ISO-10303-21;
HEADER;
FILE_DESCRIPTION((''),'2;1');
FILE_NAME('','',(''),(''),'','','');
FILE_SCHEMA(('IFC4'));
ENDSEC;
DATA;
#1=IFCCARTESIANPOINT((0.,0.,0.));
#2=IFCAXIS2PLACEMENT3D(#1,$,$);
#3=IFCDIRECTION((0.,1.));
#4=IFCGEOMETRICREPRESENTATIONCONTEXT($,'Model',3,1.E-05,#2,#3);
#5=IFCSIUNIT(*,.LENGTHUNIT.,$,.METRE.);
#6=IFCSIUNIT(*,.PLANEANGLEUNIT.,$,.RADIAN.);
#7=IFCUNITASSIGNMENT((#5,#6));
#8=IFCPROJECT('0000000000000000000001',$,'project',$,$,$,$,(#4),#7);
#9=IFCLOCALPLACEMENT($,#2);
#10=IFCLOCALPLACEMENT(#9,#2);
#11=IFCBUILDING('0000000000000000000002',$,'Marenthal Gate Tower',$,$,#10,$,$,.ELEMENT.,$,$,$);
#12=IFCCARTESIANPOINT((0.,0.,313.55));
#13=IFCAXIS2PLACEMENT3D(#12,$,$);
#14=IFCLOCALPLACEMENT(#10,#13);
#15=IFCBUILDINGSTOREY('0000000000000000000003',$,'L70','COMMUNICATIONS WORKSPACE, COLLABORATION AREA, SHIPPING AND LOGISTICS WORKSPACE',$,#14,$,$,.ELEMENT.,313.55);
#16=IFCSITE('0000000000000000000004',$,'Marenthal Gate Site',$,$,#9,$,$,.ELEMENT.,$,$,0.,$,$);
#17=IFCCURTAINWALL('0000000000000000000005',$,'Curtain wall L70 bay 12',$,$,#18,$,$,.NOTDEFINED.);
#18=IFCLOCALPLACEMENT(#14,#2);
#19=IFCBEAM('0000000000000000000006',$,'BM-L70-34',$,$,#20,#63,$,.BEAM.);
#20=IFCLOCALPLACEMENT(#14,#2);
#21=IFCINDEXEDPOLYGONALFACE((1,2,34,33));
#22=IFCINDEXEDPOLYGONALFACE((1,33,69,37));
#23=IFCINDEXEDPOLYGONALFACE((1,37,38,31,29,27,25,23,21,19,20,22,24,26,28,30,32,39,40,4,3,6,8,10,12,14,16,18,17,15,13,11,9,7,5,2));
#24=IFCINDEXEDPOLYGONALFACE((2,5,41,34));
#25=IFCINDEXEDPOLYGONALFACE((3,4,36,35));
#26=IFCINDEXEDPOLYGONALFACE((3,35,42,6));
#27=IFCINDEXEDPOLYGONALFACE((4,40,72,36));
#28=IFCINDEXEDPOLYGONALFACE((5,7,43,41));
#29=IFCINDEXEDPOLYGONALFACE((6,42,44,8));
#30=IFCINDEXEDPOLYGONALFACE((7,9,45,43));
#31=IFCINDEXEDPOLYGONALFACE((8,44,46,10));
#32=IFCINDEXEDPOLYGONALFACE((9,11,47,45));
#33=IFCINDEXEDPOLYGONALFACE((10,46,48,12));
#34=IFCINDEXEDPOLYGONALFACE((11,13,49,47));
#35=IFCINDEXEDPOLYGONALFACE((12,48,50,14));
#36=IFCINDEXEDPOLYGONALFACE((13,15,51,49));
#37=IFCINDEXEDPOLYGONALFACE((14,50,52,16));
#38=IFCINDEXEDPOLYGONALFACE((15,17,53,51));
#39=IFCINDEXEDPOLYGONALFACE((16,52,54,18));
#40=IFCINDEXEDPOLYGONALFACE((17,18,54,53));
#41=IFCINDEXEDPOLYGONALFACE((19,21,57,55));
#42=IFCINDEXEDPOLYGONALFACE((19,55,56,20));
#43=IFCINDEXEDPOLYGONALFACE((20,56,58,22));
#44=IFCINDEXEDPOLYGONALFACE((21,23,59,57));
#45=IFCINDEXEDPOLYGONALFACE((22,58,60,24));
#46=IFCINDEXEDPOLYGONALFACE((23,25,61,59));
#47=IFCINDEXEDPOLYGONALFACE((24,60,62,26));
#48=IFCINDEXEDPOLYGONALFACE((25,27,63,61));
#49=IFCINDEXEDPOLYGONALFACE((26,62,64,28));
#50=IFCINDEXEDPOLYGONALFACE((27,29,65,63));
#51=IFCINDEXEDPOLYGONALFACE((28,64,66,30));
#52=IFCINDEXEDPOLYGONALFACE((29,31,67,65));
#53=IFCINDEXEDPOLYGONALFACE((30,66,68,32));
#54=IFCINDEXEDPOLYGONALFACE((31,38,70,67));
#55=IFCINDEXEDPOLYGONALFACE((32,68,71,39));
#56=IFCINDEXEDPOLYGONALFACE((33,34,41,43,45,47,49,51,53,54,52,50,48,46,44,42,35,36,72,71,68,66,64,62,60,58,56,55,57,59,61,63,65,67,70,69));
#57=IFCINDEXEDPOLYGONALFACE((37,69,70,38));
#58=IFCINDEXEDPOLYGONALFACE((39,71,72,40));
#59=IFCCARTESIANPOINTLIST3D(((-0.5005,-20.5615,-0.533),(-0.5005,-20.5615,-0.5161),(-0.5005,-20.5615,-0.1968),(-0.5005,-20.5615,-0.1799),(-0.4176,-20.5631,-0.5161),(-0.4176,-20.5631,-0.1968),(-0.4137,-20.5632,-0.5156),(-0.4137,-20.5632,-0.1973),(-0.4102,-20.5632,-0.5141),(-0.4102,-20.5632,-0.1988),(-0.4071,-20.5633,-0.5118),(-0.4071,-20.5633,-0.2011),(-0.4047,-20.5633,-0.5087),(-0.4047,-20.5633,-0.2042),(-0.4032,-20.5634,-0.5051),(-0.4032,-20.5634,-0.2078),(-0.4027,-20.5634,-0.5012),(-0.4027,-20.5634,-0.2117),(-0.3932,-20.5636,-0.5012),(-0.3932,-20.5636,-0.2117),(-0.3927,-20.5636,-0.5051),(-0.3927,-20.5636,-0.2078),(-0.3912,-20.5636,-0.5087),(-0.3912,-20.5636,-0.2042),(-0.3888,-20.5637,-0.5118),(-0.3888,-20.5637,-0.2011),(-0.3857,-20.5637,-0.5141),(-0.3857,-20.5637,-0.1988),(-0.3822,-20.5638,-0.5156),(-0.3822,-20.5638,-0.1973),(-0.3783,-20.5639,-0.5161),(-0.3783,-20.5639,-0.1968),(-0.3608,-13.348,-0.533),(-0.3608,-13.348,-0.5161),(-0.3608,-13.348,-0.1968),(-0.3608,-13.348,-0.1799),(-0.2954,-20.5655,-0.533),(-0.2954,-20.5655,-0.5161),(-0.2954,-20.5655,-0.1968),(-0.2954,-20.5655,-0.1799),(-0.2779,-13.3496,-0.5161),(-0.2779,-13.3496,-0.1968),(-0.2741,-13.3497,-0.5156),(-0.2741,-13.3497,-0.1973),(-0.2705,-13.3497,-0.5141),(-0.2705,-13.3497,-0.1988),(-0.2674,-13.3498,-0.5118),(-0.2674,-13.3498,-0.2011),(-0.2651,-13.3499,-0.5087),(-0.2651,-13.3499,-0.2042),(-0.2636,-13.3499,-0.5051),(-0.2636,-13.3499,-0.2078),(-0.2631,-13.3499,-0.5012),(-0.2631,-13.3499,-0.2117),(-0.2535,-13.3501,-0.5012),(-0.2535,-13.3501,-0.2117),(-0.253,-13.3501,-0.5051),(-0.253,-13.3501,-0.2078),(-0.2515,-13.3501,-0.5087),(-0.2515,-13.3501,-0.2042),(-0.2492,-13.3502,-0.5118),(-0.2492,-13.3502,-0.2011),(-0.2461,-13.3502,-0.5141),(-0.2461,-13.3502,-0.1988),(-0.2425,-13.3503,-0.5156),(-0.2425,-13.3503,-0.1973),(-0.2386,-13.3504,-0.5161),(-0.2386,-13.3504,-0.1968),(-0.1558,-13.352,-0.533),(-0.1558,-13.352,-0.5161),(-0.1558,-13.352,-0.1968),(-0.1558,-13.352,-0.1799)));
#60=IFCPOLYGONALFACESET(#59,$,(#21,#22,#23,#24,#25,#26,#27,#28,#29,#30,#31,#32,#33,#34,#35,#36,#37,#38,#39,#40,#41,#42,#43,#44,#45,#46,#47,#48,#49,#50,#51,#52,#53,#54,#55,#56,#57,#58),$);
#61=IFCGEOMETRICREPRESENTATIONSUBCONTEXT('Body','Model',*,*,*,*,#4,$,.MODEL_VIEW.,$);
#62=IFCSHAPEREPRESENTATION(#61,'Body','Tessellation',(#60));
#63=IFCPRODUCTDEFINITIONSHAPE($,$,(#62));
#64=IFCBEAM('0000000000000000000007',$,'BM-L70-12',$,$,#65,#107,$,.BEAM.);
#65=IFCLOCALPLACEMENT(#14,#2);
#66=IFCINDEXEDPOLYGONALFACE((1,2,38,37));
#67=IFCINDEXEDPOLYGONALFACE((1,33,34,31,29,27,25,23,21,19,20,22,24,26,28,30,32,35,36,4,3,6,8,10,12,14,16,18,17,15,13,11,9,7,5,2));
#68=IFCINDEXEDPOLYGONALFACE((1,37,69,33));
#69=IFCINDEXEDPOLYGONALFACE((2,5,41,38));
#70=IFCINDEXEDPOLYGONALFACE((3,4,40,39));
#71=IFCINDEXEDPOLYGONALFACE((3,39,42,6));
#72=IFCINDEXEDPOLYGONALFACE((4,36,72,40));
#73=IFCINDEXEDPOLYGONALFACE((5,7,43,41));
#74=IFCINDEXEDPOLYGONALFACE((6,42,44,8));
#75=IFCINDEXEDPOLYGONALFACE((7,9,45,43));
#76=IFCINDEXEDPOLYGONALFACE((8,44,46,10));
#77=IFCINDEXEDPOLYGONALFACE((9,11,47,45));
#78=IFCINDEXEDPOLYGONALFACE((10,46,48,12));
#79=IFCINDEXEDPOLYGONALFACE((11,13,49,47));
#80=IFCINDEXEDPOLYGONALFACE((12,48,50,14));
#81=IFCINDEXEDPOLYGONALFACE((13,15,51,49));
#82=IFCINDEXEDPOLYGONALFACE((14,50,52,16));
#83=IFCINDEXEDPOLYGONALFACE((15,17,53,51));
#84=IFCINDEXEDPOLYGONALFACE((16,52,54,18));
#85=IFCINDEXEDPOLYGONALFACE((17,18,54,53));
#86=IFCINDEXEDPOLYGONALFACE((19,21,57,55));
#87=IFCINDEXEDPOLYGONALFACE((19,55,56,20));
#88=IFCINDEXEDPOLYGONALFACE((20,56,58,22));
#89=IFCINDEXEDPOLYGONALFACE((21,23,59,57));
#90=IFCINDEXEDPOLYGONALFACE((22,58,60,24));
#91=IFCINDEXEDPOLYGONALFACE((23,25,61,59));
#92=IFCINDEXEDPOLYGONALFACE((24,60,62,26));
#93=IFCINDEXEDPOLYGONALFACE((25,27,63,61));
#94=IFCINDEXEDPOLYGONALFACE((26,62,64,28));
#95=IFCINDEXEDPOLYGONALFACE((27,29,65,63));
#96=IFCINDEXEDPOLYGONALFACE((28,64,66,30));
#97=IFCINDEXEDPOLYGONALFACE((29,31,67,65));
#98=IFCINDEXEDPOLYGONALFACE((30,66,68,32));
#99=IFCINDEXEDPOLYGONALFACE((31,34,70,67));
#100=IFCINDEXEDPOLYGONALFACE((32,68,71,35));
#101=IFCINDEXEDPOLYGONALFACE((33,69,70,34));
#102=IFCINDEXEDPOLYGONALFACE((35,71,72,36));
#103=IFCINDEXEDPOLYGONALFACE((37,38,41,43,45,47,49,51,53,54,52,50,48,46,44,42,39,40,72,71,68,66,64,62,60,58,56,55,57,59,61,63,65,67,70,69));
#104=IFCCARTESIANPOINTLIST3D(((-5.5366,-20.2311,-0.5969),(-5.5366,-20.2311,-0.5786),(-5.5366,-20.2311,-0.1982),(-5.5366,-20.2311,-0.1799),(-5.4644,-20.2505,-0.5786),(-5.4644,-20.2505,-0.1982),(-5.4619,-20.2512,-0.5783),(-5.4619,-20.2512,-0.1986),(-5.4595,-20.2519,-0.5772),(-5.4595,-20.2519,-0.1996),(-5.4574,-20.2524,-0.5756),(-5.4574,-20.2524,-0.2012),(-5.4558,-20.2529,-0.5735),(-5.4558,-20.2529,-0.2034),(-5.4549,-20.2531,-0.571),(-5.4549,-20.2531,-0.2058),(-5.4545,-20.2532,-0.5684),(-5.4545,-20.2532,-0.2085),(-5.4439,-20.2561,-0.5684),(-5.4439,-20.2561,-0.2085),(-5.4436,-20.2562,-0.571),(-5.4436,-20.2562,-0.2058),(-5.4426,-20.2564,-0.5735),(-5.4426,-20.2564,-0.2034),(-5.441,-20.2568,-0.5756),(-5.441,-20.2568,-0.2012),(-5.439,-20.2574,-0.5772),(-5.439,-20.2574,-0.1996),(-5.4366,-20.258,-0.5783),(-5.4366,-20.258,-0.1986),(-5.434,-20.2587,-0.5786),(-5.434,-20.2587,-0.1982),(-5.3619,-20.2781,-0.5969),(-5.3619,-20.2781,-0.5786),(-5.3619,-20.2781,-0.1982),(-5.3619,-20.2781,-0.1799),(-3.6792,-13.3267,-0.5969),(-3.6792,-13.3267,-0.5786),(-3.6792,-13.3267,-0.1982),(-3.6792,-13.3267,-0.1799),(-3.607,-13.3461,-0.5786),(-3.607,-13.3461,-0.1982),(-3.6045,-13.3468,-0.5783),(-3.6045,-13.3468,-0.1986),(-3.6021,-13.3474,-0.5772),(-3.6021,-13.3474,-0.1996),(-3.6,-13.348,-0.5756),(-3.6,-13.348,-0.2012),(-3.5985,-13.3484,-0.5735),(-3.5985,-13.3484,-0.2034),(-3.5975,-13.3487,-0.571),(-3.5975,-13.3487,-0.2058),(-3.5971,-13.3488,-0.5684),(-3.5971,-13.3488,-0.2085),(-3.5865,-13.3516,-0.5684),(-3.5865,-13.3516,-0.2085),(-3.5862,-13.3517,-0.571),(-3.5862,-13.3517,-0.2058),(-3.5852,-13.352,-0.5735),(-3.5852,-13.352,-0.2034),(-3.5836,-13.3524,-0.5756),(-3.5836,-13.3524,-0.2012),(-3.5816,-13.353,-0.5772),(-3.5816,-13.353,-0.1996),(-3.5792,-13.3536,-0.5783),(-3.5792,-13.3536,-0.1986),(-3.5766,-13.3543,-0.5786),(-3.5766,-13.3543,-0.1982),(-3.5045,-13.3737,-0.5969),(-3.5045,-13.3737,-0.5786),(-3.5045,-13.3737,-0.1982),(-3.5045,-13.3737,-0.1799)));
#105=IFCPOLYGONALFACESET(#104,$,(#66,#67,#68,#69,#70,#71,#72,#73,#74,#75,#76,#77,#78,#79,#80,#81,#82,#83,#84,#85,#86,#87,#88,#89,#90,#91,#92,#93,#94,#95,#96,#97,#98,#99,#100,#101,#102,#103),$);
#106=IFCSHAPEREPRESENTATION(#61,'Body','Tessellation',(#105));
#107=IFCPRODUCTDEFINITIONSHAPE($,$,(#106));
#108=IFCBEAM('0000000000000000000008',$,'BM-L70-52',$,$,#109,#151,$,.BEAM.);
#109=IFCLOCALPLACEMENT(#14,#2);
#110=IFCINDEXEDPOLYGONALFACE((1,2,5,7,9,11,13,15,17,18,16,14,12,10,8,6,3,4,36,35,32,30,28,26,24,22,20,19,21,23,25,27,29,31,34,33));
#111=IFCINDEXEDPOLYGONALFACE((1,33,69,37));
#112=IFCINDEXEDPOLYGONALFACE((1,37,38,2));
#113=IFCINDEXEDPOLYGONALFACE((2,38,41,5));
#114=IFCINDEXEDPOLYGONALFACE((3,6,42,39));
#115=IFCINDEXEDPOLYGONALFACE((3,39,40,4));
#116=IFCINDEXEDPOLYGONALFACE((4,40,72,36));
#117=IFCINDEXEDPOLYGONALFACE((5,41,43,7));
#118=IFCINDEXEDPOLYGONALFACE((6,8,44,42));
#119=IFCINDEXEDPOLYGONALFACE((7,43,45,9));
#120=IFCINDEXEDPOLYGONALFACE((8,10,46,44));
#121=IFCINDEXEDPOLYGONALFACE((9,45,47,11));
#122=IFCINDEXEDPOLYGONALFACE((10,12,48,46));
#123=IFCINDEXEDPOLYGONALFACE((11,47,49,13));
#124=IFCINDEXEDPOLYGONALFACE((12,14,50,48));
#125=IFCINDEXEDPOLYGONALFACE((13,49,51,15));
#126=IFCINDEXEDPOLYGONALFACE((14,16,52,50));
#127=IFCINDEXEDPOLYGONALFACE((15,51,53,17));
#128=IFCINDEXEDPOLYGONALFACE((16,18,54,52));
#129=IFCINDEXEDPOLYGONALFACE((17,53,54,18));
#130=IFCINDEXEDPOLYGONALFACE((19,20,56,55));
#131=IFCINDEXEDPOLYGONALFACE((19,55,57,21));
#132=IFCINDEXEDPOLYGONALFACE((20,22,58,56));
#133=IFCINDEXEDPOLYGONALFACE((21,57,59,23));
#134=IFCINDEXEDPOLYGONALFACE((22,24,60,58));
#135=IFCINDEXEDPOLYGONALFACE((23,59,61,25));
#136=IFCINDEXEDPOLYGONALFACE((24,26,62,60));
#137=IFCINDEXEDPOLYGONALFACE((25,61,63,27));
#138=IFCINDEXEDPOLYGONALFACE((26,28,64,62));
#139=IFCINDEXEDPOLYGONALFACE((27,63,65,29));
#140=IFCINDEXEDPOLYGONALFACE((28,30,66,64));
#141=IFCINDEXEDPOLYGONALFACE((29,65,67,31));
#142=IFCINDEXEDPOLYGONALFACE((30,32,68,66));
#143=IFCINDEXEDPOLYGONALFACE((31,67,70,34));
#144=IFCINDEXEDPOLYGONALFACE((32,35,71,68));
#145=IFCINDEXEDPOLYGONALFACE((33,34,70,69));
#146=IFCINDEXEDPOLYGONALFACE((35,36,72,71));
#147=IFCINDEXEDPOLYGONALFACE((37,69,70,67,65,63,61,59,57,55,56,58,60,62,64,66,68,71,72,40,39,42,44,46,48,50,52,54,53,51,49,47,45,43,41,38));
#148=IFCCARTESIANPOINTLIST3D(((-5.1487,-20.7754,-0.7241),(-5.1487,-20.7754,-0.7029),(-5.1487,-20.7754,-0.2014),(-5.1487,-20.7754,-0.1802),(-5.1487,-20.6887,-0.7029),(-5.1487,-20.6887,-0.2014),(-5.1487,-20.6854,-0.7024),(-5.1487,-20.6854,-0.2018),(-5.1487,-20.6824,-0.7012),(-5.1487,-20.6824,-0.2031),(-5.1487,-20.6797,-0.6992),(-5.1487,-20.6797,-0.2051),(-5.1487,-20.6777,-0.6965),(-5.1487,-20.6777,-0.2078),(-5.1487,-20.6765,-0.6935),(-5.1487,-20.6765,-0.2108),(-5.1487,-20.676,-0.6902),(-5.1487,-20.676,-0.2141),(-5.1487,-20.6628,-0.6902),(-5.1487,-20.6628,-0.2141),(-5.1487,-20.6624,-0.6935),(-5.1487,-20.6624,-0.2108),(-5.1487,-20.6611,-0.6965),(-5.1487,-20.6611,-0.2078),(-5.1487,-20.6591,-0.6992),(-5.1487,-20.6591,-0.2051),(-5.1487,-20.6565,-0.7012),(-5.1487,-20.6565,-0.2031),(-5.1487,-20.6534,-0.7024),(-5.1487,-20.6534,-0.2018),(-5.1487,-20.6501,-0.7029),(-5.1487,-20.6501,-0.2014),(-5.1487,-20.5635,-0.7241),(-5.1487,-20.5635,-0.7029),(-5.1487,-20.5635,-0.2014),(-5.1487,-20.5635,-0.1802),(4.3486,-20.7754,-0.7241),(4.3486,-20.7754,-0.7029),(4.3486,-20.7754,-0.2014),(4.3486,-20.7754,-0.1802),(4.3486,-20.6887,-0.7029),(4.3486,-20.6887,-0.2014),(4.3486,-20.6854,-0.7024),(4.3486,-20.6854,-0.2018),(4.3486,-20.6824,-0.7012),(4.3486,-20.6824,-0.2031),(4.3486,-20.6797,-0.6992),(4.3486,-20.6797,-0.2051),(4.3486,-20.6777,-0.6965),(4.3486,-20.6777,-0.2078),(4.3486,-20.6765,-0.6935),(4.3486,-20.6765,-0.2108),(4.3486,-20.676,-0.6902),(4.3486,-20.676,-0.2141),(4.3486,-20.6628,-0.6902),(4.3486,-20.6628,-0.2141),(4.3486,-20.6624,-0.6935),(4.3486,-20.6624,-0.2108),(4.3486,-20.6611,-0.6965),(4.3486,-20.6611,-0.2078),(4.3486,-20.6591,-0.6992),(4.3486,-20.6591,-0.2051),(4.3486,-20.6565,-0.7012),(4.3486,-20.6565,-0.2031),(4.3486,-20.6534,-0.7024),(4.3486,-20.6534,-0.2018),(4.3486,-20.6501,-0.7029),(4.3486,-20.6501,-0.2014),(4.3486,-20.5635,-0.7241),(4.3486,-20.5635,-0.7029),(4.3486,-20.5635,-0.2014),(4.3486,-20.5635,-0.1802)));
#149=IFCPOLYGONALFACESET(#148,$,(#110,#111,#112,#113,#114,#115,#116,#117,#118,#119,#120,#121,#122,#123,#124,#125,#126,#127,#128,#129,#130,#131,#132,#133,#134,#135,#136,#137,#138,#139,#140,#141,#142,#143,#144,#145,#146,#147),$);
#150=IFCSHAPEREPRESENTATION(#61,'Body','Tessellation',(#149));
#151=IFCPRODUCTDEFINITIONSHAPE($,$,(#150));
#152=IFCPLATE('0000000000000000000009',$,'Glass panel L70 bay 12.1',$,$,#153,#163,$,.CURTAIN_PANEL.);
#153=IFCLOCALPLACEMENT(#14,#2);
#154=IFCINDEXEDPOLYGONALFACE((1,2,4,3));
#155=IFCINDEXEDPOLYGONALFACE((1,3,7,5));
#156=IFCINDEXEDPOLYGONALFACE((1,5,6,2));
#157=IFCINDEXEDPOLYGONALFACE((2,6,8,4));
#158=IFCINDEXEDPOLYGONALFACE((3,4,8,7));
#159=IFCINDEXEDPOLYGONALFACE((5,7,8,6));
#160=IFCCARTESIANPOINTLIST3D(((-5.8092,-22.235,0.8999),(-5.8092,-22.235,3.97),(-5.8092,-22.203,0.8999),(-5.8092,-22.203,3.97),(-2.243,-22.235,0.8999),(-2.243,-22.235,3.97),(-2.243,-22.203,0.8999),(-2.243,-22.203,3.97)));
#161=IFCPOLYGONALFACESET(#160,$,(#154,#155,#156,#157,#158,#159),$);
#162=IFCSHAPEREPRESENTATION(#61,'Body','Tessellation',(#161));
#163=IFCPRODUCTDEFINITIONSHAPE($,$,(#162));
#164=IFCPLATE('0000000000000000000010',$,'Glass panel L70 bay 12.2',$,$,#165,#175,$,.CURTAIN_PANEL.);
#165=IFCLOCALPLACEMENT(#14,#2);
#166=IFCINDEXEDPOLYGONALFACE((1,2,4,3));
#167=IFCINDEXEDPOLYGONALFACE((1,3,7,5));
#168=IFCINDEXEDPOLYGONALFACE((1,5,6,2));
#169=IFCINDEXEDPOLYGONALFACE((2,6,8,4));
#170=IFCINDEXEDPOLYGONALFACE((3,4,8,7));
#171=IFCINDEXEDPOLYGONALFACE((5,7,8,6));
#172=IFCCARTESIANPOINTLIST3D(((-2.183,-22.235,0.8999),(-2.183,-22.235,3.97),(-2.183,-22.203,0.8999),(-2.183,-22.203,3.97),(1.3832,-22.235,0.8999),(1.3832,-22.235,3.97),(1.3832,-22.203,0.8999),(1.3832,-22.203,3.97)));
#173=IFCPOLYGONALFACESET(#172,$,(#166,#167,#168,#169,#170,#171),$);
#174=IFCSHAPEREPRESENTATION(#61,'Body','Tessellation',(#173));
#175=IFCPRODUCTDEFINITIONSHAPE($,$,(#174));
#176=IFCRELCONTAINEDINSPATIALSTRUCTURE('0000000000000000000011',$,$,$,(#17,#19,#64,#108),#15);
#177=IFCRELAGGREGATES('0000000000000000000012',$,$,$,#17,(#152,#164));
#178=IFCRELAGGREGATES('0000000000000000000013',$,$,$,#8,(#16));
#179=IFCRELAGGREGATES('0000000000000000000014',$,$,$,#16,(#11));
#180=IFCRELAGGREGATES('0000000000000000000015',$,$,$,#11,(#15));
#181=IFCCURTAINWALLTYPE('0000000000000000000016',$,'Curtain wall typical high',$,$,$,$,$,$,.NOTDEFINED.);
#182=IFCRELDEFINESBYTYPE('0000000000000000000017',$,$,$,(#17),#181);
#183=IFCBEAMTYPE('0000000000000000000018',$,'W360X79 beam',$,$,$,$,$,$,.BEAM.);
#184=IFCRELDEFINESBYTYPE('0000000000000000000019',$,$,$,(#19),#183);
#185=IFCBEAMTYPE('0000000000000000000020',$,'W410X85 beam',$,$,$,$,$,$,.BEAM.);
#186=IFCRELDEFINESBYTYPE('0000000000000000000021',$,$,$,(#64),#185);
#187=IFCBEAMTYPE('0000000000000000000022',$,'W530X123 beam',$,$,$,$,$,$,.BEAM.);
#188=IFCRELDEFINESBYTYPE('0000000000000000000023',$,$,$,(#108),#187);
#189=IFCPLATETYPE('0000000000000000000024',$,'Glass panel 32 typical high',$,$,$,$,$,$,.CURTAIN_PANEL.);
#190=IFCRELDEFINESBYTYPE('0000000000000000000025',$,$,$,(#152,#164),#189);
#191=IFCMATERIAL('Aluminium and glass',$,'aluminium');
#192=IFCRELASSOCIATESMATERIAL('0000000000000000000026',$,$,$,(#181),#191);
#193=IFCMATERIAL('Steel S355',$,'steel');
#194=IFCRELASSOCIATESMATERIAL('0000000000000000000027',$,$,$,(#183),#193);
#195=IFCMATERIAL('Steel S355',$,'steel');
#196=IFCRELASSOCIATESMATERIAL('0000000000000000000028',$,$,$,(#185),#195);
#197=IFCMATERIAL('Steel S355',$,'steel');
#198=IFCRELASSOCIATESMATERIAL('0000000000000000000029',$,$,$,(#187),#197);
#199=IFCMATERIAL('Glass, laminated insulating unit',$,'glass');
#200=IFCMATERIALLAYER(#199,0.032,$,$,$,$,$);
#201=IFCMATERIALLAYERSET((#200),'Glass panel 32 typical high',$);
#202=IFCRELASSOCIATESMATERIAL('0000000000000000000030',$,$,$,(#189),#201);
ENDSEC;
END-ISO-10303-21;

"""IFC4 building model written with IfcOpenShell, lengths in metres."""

from ifc_helpers import new_model, si_unit, direction, frame, origin, origin_2d, place, context, subcontext, project, spatial, rectangle, i_section, extrude, material, layer, layer_set, material_profile, profile_set, type_object, element, aggregate, save


model = new_model("IFC4")

# Units and contexts
model_context = context("Model", 3, precision=1e-05, world=origin(), true_north=direction((0.0, 1.0)))
body_context = subcontext(model_context, "Body", "Model", "MODEL_VIEW")
ifc_project = project(units=[si_unit("LENGTHUNIT", "METRE"), si_unit("PLANEANGLEUNIT", "RADIAN")], contexts=[model_context])

# Site, building, storey
site_placement = place(None, origin())
site = spatial("IfcSite", under=ifc_project, at=site_placement, Name="Marenthal Gate Site", CompositionType="ELEMENT", RefElevation=0.0)
building_placement = place(site_placement, origin())
building = spatial("IfcBuilding", under=site, at=building_placement, Name="Marenthal Gate Tower", CompositionType="ELEMENT")
storey_placement = place(building_placement, frame((0.0, 0.0, 313.55)))
storey = spatial("IfcBuildingStorey", under=building, at=storey_placement, Name="L70", Description="COMMUNICATIONS WORKSPACE, COLLABORATION AREA, SHIPPING AND LOGISTICS WORKSPACE", CompositionType="ELEMENT", Elevation=313.55)

# Curtain wall
ifc_material_1 = material(Name="Aluminium and glass", Category="aluminium")
curtain_wall_type = type_object("IfcCurtainWallType", Name="Curtain wall typical high", PredefinedType="NOTDEFINED", material=ifc_material_1)
curtain_wall_placement = place(storey_placement, origin())
curtain_wall = element("IfcCurtainWall", 1, at=curtain_wall_placement, inside=storey, type_object=curtain_wall_type, Name="Curtain wall L70 bay 12", PredefinedType="NOTDEFINED")

# Beams
ifc_material_2 = material(Name="Steel S355", Category="steel")
ifc_material_profile_1 = material_profile(ifc_material_2, i_section(OverallWidth=0.2051, OverallDepth=0.353, WebThickness=0.0095, FlangeThickness=0.0168, FilletRadius=0.0149, at=origin_2d()), Name="W360X79")
ifc_profile_set_1 = profile_set([ifc_material_profile_1], Name="Steel S355")
beam_type_1 = type_object("IfcBeamType", Name="W360X79 beam", PredefinedType="BEAM", material=ifc_profile_set_1)
beam_1_placement = place(storey_placement, frame((-0.3979, -20.5635, -0.3564), z_axis=(0.019356, 0.999813, 0.0), x_axis=(-0.999813, 0.019356, 0.0)))
element("IfcBeam", 2, at=beam_1_placement, inside=storey, type_object=beam_type_1, Name="BM-L70-34", PredefinedType="BEAM", context=body_context, shape_type="SweptSolid", body=[
    extrude(i_section(OverallWidth=0.2051, OverallDepth=0.353, WebThickness=0.0095, FlangeThickness=0.0168, FilletRadius=0.0149, at=origin_2d()), origin(), (0.0, 0.0, 1.0), 7.2148),
])
ifc_material_3 = material(Name="Steel S355", Category="steel")
ifc_material_profile_2 = material_profile(ifc_material_3, i_section(OverallWidth=0.1809, OverallDepth=0.417, WebThickness=0.011, FlangeThickness=0.0183, FilletRadius=0.0103, at=origin_2d()), Name="W410X85")
ifc_profile_set_2 = profile_set([ifc_material_profile_2], Name="Steel S355")
beam_type_2 = type_object("IfcBeamType", Name="W410X85 beam", PredefinedType="BEAM", material=ifc_profile_set_2)
beam_2_placement = place(storey_placement, frame((-5.4492, -20.2546, -0.3884), z_axis=(0.259779, 0.965668, 0.0), x_axis=(-0.965668, 0.259779, 0.0)))
element("IfcBeam", 3, at=beam_2_placement, inside=storey, type_object=beam_type_2, Name="BM-L70-12", PredefinedType="BEAM", context=body_context, shape_type="SweptSolid", body=[
    extrude(i_section(OverallWidth=0.1809, OverallDepth=0.417, WebThickness=0.011, FlangeThickness=0.0183, FilletRadius=0.0103, at=origin_2d()), origin(), (0.0, 0.0, 1.0), 7.1499),
])
ifc_material_4 = material(Name="Steel S355", Category="steel")
ifc_material_profile_3 = material_profile(ifc_material_4, i_section(OverallWidth=0.2119, OverallDepth=0.5439, WebThickness=0.0132, FlangeThickness=0.0212, FilletRadius=0.0127, at=origin_2d()), Name="W530X123")
ifc_profile_set_3 = profile_set([ifc_material_profile_3], Name="Steel S355")
beam_type_3 = type_object("IfcBeamType", Name="W530X123 beam", PredefinedType="BEAM", material=ifc_profile_set_3)
beam_3_placement = place(storey_placement, frame((-5.1487, -20.6694, -0.4521), z_axis=(1.0, 0.0, 0.0), x_axis=(0.0, 1.0, 0.0)))
element("IfcBeam", 4, at=beam_3_placement, inside=storey, type_object=beam_type_3, Name="BM-L70-52", PredefinedType="BEAM", context=body_context, shape_type="SweptSolid", body=[
    extrude(i_section(OverallWidth=0.2119, OverallDepth=0.5439, WebThickness=0.0132, FlangeThickness=0.0212, FilletRadius=0.0127, at=origin_2d()), origin(), (0.0, 0.0, 1.0), 9.4973),
])

# Plates
ifc_material_5 = material(Name="Glass, laminated insulating unit", Category="glass")
ifc_layer_1 = layer(ifc_material_5, 0.032)
ifc_layer_set_1 = layer_set([ifc_layer_1], Name="Glass panel 32 typical high")
plate_type = type_object("IfcPlateType", Name="Glass panel 32 typical high", PredefinedType="CURTAIN_PANEL", material=ifc_layer_set_1)
plate_1_placement = place(storey_placement, frame((-4.0261, -22.219, 0.8999), z_axis=(0.0, 0.0, 1.0), x_axis=(1.0, 0.0, 0.0)))
plate_1 = element("IfcPlate", 5, at=plate_1_placement, type_object=plate_type, Name="Glass panel L70 bay 12.1", PredefinedType="CURTAIN_PANEL", context=body_context, shape_type="SweptSolid", body=[
    extrude(rectangle(XDim=3.5662, YDim=0.032, at=origin_2d()), origin(), (0.0, 0.0, 1.0), 3.0701),
])
plate_2_placement = place(storey_placement, frame((-0.3999, -22.219, 0.8999), z_axis=(0.0, 0.0, 1.0), x_axis=(1.0, 0.0, 0.0)))
plate_2 = element("IfcPlate", 6, at=plate_2_placement, type_object=plate_type, Name="Glass panel L70 bay 12.2", PredefinedType="CURTAIN_PANEL", context=body_context, shape_type="SweptSolid", body=[
    extrude(rectangle(XDim=3.5662, YDim=0.032, at=origin_2d()), origin(), (0.0, 0.0, 1.0), 3.0701),
])
aggregate(curtain_wall, [plate_1, plate_2])

save(model, "model.ifc")
